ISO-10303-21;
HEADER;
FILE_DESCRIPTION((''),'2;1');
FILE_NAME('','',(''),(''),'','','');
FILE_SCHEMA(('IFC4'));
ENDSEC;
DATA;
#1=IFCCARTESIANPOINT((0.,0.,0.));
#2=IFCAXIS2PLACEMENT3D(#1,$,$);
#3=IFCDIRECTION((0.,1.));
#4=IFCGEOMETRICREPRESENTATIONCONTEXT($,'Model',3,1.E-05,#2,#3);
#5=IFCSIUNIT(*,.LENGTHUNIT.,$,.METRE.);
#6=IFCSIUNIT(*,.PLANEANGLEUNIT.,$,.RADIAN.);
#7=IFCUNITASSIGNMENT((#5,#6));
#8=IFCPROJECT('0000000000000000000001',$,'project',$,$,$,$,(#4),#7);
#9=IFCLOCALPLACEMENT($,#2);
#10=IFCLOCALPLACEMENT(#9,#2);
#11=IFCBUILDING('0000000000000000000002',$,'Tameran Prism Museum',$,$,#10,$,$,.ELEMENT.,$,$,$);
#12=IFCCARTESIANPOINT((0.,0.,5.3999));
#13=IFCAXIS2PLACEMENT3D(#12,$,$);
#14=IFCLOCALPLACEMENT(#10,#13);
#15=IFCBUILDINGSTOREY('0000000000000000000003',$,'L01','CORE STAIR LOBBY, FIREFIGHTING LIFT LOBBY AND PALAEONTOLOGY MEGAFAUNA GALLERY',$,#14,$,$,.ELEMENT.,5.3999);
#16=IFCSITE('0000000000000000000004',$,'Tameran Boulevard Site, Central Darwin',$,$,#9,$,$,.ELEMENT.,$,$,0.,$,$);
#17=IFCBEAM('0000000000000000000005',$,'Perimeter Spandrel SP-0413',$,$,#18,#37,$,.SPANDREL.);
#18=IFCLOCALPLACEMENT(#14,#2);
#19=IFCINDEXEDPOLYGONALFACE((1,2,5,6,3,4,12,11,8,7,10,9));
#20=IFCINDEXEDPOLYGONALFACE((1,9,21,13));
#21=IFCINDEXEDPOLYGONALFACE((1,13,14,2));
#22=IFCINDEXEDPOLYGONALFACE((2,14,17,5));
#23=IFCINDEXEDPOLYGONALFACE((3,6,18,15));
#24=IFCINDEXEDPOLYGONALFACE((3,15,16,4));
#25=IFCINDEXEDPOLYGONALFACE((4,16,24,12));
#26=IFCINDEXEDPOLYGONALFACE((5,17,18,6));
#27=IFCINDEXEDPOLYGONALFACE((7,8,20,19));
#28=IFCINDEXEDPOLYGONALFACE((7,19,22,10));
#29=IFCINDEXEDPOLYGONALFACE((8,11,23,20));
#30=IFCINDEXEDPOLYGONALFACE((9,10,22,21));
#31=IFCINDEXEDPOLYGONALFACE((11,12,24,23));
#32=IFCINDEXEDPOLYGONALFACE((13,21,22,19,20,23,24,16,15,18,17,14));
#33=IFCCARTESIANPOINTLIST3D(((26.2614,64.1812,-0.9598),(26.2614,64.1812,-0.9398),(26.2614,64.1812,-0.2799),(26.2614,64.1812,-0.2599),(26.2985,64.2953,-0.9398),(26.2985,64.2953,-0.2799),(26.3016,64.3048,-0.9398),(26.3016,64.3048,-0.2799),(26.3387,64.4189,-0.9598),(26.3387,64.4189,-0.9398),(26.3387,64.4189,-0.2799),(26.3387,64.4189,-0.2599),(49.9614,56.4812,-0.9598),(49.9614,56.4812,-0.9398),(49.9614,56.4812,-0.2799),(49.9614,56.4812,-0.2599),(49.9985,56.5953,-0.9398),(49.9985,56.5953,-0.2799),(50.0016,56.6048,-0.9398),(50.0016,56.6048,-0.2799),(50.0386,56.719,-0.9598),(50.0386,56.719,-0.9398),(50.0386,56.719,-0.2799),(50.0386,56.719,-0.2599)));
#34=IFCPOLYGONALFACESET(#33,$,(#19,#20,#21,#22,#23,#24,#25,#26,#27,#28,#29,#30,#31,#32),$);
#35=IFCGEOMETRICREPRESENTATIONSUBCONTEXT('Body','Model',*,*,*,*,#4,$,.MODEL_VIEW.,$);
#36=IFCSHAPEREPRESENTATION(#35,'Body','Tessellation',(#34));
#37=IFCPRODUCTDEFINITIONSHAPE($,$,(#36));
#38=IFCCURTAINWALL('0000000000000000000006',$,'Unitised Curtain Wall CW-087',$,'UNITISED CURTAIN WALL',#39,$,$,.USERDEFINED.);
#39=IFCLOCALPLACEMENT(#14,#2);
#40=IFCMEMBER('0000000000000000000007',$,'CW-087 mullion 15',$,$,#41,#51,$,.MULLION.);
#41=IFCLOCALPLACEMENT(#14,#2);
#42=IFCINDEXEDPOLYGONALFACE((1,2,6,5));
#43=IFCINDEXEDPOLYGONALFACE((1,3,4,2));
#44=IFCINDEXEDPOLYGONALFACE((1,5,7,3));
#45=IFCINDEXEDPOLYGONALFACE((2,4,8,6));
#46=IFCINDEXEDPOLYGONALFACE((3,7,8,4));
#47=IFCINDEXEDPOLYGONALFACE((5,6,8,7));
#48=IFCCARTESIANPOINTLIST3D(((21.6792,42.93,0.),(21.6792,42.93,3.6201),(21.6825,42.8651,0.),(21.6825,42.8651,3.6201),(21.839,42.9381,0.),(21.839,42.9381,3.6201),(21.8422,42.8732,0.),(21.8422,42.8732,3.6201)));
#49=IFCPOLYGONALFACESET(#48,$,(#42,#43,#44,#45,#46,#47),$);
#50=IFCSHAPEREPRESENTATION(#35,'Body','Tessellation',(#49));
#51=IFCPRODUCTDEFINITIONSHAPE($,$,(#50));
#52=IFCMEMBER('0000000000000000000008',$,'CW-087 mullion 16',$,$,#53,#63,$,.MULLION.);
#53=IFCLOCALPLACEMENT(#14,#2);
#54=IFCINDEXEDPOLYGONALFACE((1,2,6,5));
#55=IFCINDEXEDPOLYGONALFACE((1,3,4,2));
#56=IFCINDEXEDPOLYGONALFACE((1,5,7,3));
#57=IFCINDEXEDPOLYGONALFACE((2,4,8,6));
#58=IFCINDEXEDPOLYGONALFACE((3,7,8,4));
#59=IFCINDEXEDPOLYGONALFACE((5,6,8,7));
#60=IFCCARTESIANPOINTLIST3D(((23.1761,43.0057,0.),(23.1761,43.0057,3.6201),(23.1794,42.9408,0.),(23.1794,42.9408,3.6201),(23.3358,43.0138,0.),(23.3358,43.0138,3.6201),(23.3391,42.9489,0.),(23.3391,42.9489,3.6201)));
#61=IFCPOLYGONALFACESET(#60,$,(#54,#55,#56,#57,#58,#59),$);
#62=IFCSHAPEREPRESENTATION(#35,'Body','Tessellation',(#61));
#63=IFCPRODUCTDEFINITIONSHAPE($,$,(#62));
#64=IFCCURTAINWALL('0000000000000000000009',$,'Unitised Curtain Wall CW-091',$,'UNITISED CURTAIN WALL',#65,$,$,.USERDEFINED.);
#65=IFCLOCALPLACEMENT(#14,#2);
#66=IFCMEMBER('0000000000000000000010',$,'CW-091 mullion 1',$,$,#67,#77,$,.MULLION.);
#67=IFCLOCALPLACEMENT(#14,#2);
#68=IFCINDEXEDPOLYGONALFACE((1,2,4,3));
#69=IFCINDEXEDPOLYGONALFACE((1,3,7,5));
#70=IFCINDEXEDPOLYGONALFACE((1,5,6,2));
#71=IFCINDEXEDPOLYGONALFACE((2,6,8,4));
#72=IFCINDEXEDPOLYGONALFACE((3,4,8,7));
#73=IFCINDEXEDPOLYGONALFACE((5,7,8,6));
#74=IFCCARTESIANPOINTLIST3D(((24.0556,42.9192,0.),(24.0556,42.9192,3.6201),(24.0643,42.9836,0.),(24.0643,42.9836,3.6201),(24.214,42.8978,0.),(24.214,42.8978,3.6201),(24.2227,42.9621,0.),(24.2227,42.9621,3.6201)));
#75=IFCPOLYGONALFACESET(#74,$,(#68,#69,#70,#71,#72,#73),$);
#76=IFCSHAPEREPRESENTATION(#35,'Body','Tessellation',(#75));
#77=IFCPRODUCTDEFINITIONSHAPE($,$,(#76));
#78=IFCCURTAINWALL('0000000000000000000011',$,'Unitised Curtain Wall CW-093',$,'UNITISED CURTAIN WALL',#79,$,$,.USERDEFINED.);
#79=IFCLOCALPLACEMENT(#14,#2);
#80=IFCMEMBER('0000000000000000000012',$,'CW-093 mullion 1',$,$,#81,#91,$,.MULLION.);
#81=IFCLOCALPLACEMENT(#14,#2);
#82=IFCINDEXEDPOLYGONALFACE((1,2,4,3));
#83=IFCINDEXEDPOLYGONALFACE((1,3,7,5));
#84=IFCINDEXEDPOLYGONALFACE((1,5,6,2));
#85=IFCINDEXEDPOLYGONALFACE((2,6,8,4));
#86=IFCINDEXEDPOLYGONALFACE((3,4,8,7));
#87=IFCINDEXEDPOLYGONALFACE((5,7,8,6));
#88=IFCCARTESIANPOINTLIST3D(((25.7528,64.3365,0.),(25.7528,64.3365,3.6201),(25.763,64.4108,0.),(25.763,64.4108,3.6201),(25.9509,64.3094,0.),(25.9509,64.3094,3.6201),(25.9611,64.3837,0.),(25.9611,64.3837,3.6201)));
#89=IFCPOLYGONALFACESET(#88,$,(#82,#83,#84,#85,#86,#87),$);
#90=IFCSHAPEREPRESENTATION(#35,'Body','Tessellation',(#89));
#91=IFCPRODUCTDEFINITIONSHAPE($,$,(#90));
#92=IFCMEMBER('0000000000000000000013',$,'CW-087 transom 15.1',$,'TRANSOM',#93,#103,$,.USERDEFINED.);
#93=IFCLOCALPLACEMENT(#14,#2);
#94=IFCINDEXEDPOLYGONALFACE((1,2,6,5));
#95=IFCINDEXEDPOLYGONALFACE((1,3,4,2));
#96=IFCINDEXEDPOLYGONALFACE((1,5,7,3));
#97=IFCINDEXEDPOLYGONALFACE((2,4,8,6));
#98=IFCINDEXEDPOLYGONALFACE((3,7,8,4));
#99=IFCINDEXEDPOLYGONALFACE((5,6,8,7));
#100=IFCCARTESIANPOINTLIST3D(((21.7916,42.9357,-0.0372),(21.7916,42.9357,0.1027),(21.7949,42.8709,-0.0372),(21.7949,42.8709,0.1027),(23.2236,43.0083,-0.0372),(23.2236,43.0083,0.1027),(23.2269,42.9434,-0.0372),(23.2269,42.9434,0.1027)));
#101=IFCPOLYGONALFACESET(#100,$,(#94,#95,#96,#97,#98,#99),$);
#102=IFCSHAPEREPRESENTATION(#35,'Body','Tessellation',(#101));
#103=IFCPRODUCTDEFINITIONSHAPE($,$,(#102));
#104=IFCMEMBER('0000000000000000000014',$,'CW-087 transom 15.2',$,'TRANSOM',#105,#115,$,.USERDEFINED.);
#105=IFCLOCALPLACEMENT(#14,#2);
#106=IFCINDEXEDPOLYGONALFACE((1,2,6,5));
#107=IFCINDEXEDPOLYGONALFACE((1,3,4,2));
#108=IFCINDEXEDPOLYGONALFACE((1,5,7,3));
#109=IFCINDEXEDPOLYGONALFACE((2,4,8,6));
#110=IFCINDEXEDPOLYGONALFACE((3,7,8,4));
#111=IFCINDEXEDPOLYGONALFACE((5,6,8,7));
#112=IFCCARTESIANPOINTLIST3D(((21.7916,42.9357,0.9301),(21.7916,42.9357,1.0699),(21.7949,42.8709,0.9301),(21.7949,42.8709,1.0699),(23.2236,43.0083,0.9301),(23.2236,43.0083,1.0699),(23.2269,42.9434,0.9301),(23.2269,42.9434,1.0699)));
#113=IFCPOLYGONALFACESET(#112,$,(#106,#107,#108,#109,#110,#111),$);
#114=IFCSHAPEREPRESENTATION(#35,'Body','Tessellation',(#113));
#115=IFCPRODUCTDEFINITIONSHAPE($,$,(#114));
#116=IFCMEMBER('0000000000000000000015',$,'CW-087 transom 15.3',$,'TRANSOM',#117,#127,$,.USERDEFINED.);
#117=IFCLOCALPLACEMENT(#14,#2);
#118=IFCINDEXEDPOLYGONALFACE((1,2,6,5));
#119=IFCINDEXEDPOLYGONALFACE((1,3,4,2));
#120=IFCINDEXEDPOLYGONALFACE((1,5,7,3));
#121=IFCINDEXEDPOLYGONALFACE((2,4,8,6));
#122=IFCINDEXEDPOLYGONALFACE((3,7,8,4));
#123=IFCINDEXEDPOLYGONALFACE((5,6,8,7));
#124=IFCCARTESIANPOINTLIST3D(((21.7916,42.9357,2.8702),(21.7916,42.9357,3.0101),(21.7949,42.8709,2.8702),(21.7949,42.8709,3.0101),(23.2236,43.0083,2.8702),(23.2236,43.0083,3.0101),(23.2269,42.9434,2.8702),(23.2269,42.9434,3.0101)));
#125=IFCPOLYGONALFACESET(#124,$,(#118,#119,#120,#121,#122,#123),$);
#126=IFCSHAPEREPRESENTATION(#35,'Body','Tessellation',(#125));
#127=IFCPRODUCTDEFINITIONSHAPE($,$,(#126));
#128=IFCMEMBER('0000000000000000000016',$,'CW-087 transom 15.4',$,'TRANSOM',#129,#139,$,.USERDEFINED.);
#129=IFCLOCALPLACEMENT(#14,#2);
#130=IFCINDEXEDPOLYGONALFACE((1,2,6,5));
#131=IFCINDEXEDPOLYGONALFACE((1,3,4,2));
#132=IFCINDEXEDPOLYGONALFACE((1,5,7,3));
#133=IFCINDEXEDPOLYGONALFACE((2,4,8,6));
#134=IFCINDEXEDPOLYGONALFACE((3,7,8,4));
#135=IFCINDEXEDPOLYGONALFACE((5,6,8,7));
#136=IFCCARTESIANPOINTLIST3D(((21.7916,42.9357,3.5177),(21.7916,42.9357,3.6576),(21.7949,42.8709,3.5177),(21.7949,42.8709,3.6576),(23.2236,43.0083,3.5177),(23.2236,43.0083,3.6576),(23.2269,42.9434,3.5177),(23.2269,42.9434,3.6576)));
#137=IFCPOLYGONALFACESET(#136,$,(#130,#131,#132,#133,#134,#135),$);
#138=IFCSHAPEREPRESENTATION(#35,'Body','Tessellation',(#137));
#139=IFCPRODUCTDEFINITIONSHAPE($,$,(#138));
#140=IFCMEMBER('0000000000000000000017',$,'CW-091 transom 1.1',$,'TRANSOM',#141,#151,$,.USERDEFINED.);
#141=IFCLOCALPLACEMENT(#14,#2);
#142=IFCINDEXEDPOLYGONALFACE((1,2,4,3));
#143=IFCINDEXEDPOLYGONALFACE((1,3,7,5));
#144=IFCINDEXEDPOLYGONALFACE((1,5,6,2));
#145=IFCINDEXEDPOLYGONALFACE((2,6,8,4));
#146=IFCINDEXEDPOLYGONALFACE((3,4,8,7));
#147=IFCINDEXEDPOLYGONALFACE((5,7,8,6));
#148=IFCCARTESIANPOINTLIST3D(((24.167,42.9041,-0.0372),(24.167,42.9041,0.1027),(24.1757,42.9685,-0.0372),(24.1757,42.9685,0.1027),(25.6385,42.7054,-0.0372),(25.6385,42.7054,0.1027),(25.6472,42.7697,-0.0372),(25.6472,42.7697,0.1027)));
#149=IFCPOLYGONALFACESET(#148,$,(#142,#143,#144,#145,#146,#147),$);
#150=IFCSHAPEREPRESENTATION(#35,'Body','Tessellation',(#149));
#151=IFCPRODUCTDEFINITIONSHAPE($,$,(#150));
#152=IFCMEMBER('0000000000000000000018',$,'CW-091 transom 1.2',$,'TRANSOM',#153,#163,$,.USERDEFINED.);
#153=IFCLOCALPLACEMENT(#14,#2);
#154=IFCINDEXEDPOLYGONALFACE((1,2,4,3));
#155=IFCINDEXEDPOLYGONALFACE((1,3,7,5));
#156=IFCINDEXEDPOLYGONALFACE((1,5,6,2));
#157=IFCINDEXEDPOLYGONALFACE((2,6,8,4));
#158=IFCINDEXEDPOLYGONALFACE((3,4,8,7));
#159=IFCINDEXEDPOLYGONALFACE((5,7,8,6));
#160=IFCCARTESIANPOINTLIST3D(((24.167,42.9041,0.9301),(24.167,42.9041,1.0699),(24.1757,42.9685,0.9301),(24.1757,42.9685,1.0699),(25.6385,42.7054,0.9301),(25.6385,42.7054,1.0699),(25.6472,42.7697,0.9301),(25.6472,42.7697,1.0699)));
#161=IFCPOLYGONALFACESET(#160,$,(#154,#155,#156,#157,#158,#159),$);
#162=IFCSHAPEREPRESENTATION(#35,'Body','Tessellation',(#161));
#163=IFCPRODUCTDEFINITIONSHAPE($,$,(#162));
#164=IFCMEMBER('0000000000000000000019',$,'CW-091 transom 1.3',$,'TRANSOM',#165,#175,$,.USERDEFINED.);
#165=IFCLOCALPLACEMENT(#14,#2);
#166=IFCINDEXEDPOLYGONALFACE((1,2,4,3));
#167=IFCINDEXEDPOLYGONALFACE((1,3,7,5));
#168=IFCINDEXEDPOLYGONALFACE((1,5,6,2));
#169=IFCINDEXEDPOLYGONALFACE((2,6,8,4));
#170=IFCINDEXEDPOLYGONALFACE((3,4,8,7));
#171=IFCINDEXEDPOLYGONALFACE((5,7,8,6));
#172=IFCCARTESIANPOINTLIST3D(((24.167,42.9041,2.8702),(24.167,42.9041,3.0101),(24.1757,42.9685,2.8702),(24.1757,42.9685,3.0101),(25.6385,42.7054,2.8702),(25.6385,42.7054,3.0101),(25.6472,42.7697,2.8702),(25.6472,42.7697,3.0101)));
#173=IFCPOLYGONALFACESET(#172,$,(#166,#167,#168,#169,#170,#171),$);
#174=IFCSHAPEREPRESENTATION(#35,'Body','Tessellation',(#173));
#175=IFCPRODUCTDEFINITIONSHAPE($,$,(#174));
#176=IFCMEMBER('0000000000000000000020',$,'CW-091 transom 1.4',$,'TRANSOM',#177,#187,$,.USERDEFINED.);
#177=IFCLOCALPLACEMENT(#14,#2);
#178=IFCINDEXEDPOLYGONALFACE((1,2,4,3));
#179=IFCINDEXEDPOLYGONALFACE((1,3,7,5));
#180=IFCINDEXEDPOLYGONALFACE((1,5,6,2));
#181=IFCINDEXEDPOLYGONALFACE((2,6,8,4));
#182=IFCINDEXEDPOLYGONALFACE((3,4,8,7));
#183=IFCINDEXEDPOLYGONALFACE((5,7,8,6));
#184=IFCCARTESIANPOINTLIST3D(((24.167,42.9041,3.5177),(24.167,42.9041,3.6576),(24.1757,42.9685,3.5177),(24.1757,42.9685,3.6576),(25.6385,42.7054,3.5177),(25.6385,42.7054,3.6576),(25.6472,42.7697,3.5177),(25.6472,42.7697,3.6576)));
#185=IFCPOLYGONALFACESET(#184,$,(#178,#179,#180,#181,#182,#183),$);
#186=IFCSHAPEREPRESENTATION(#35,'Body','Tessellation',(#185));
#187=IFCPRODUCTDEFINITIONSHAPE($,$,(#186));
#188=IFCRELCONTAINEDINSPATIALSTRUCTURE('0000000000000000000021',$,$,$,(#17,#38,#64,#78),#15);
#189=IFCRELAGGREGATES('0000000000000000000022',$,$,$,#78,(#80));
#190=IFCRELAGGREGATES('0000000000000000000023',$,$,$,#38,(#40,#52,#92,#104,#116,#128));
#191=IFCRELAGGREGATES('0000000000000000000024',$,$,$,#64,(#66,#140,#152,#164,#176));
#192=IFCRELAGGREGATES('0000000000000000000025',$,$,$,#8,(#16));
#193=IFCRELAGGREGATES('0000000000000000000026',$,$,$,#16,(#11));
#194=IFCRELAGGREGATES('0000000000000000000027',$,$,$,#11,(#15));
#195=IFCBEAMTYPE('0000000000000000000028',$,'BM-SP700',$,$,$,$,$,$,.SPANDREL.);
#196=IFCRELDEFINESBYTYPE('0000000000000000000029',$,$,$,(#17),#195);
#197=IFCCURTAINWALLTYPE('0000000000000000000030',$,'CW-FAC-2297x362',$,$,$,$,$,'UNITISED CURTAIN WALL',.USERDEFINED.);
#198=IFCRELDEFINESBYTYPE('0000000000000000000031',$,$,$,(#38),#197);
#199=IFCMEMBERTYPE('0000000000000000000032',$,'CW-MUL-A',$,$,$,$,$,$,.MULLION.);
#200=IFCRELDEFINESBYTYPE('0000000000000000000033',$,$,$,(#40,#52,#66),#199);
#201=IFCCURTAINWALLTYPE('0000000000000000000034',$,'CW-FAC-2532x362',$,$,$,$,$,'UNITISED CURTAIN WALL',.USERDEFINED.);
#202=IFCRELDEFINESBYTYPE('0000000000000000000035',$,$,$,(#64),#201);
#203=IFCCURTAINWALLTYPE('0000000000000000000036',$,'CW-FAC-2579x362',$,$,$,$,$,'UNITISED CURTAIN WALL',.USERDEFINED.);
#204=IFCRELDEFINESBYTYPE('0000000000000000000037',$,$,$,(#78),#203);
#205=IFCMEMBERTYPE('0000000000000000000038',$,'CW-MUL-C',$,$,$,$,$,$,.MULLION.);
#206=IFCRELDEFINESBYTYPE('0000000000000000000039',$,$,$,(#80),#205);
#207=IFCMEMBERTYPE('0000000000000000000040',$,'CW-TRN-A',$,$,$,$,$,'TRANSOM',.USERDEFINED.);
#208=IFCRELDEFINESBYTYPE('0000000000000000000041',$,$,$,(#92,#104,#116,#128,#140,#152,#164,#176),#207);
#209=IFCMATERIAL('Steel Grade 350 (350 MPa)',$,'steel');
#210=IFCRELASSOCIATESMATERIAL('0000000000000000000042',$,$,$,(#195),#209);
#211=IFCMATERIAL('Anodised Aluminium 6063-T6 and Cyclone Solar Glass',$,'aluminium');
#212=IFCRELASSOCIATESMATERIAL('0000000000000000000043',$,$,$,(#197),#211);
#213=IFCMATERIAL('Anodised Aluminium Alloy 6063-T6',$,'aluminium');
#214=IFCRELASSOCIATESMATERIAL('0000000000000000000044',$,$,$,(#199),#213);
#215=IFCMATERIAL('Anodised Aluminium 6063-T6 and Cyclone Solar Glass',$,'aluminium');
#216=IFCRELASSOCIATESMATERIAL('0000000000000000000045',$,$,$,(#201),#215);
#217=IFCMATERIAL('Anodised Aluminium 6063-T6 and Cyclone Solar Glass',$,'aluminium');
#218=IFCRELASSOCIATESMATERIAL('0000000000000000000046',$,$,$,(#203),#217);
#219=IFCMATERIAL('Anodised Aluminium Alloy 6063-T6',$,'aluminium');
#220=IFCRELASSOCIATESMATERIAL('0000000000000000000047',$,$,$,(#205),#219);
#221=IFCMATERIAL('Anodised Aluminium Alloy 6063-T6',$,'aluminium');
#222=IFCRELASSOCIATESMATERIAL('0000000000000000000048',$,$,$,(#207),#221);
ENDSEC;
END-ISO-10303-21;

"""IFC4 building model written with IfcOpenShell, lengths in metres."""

from ifc_helpers import new_model, si_unit, direction, frame, origin, origin_2d, place, context, subcontext, project, spatial, rectangle, i_section, extrude, material, material_profile, profile_set, type_object, element, aggregate, save


model = new_model("IFC4")

# Units and contexts
model_context = context("Model", 3, precision=1e-05, world=origin(), true_north=direction((0.0, 1.0)))
body_context = subcontext(model_context, "Body", "Model", "MODEL_VIEW")
ifc_project = project(units=[si_unit("LENGTHUNIT", "METRE"), si_unit("PLANEANGLEUNIT", "RADIAN")], contexts=[model_context])

# Site, building, storey
site_placement = place(None, origin())
site = spatial("IfcSite", under=ifc_project, at=site_placement, Name="Tameran Boulevard Site, Central Darwin", CompositionType="ELEMENT", RefElevation=0.0)
building_placement = place(site_placement, origin())
building = spatial("IfcBuilding", under=site, at=building_placement, Name="Tameran Prism Museum", CompositionType="ELEMENT")
storey_placement = place(building_placement, frame((0.0, 0.0, 5.3999)))
storey = spatial("IfcBuildingStorey", under=building, at=storey_placement, Name="L01", Description="CORE STAIR LOBBY, FIREFIGHTING LIFT LOBBY AND PALAEONTOLOGY MEGAFAUNA GALLERY", CompositionType="ELEMENT", Elevation=5.3999)

# Beam
ifc_material_1 = material(Name="Steel Grade 350 (350 MPa)", Category="steel")
ifc_material_profile_1 = material_profile(ifc_material_1, i_section(OverallWidth=0.25, OverallDepth=0.7, WebThickness=0.01, FlangeThickness=0.02, at=origin_2d()))
ifc_profile_set_1 = profile_set([ifc_material_profile_1])
beam_type_1 = type_object("IfcBeamType", Name="BM-SP700", PredefinedType="SPANDREL", material=ifc_profile_set_1)
beam_1_placement = place(storey_placement, frame((26.3, 64.3, -0.6099), z_axis=(0.951064, -0.308994, 0.0), x_axis=(0.308994, 0.951064, 0.0)))
element("IfcBeam", 1, at=beam_1_placement, inside=storey, type_object=beam_type_1, Name="Perimeter Spandrel SP-0413", PredefinedType="SPANDREL", context=body_context, shape_type="SweptSolid", body=[
    extrude(i_section(OverallWidth=0.25, OverallDepth=0.7, WebThickness=0.01, FlangeThickness=0.02, at=origin_2d()), origin(), (0.0, 0.0, 1.0), 24.9194),
])

# Curtain wall, members
ifc_material_2 = material(Name="Anodised Aluminium 6063-T6 and Cyclone Solar Glass", Category="aluminium")
curtain_wall_type_1 = type_object("IfcCurtainWallType", Name="CW-FAC-2297x362", ElementType="UNITISED CURTAIN WALL", PredefinedType="USERDEFINED", material=ifc_material_2)
curtain_wall_1_placement = place(storey_placement, origin())
curtain_wall_1 = element("IfcCurtainWall", 2, at=curtain_wall_1_placement, inside=storey, type_object=curtain_wall_type_1, Name="Unitised Curtain Wall CW-087", ObjectType="UNITISED CURTAIN WALL", PredefinedType="USERDEFINED")
ifc_material_3 = material(Name="Anodised Aluminium Alloy 6063-T6", Category="aluminium")
ifc_material_profile_2 = material_profile(ifc_material_3, rectangle(XDim=0.0649, YDim=0.1599, at=origin_2d()))
ifc_profile_set_2 = profile_set([ifc_material_profile_2])
member_type_1 = type_object("IfcMemberType", Name="CW-MUL-A", PredefinedType="MULLION", material=ifc_profile_set_2)
member_1_placement = place(storey_placement, frame((21.7607, 42.9016, 0.0), z_axis=(0.0, 0.0, 1.0), x_axis=(-0.050546, 0.998722, 0.0)))
member_1 = element("IfcMember", 3, at=member_1_placement, type_object=member_type_1, Name="CW-087 mullion 15", PredefinedType="MULLION", context=body_context, shape_type="SweptSolid", body=[
    extrude(rectangle(XDim=0.0649, YDim=0.1599, at=origin_2d()), origin(), (0.0, 0.0, 1.0), 3.6201),
])
member_2_placement = place(storey_placement, frame((23.2576, 42.9773, 0.0), z_axis=(0.0, 0.0, 1.0), x_axis=(-0.050546, 0.998722, 0.0)))
member_2 = element("IfcMember", 4, at=member_2_placement, type_object=member_type_1, Name="CW-087 mullion 16", PredefinedType="MULLION", context=body_context, shape_type="SweptSolid", body=[
    extrude(rectangle(XDim=0.0649, YDim=0.1599, at=origin_2d()), origin(), (0.0, 0.0, 1.0), 3.6201),
])

# Curtain walls, members
ifc_material_4 = material(Name="Anodised Aluminium 6063-T6 and Cyclone Solar Glass", Category="aluminium")
curtain_wall_type_2 = type_object("IfcCurtainWallType", Name="CW-FAC-2532x362", ElementType="UNITISED CURTAIN WALL", PredefinedType="USERDEFINED", material=ifc_material_4)
curtain_wall_2_placement = place(storey_placement, origin())
curtain_wall_2 = element("IfcCurtainWall", 5, at=curtain_wall_2_placement, inside=storey, type_object=curtain_wall_type_2, Name="Unitised Curtain Wall CW-091", ObjectType="UNITISED CURTAIN WALL", PredefinedType="USERDEFINED")
member_3_placement = place(storey_placement, frame((24.1392, 42.9407, 0.0), z_axis=(0.0, 0.0, 1.0), x_axis=(0.133913, 0.990993, 0.0)))
member_3 = element("IfcMember", 6, at=member_3_placement, type_object=member_type_1, Name="CW-091 mullion 1", PredefinedType="MULLION", context=body_context, shape_type="SweptSolid", body=[
    extrude(rectangle(XDim=0.0649, YDim=0.1599, at=origin_2d()), origin(), (0.0, 0.0, 1.0), 3.6201),
])
ifc_material_5 = material(Name="Anodised Aluminium 6063-T6 and Cyclone Solar Glass", Category="aluminium")
curtain_wall_type_3 = type_object("IfcCurtainWallType", Name="CW-FAC-2579x362", ElementType="UNITISED CURTAIN WALL", PredefinedType="USERDEFINED", material=ifc_material_5)
curtain_wall_3_placement = place(storey_placement, origin())
curtain_wall_3 = element("IfcCurtainWall", 7, at=curtain_wall_3_placement, inside=storey, type_object=curtain_wall_type_3, Name="Unitised Curtain Wall CW-093", ObjectType="UNITISED CURTAIN WALL", PredefinedType="USERDEFINED")
ifc_material_6 = material(Name="Anodised Aluminium Alloy 6063-T6", Category="aluminium")
ifc_material_profile_3 = material_profile(ifc_material_6, rectangle(XDim=0.075, YDim=0.2, at=origin_2d()))
ifc_profile_set_3 = profile_set([ifc_material_profile_3])
member_type_2 = type_object("IfcMemberType", Name="CW-MUL-C", PredefinedType="MULLION", material=ifc_profile_set_3)
member_4_placement = place(storey_placement, frame((25.8569, 64.3601, 0.0), z_axis=(0.0, 0.0, 1.0), x_axis=(-0.135658, -0.990756, 0.0)))
member_4 = element("IfcMember", 8, at=member_4_placement, type_object=member_type_2, Name="CW-093 mullion 1", PredefinedType="MULLION", context=body_context, shape_type="SweptSolid", body=[
    extrude(rectangle(XDim=0.075, YDim=0.2, at=origin_2d()), origin(), (0.0, 0.0, 1.0), 3.6201),
])

# Members
ifc_material_7 = material(Name="Anodised Aluminium Alloy 6063-T6", Category="aluminium")
ifc_material_profile_4 = material_profile(ifc_material_7, rectangle(XDim=0.0649, YDim=0.1399, at=origin_2d()))
ifc_profile_set_4 = profile_set([ifc_material_profile_4])
member_type_3 = type_object("IfcMemberType", Name="CW-TRN-A", ElementType="TRANSOM", PredefinedType="USERDEFINED", material=ifc_profile_set_4)
member_5_placement = place(storey_placement, frame((21.7932, 42.9033, 0.0327), z_axis=(0.99872, 0.050575, 0.0), x_axis=(-0.050575, 0.99872, 0.0)))
member_5 = element("IfcMember", 9, at=member_5_placement, type_object=member_type_3, Name="CW-087 transom 15.1", ObjectType="TRANSOM", PredefinedType="USERDEFINED", context=body_context, shape_type="SweptSolid", body=[
    extrude(rectangle(XDim=0.0649, YDim=0.1399, at=origin_2d()), origin(), (0.0, 0.0, 1.0), 1.4338),
])
member_6_placement = place(storey_placement, frame((21.7932, 42.9033, 1.0), z_axis=(0.99872, 0.050575, 0.0), x_axis=(-0.050575, 0.99872, 0.0)))
member_6 = element("IfcMember", 10, at=member_6_placement, type_object=member_type_3, Name="CW-087 transom 15.2", ObjectType="TRANSOM", PredefinedType="USERDEFINED", context=body_context, shape_type="SweptSolid", body=[
    extrude(rectangle(XDim=0.0649, YDim=0.1399, at=origin_2d()), origin(), (0.0, 0.0, 1.0), 1.4338),
])
member_7_placement = place(storey_placement, frame((21.7932, 42.9033, 2.9402), z_axis=(0.99872, 0.050575, 0.0), x_axis=(-0.050575, 0.99872, 0.0)))
member_7 = element("IfcMember", 11, at=member_7_placement, type_object=member_type_3, Name="CW-087 transom 15.3", ObjectType="TRANSOM", PredefinedType="USERDEFINED", context=body_context, shape_type="SweptSolid", body=[
    extrude(rectangle(XDim=0.0649, YDim=0.1399, at=origin_2d()), origin(), (0.0, 0.0, 1.0), 1.4338),
])
member_8_placement = place(storey_placement, frame((21.7932, 42.9033, 3.5876), z_axis=(0.99872, 0.050575, 0.0), x_axis=(-0.050575, 0.99872, 0.0)))
member_8 = element("IfcMember", 12, at=member_8_placement, type_object=member_type_3, Name="CW-087 transom 15.4", ObjectType="TRANSOM", PredefinedType="USERDEFINED", context=body_context, shape_type="SweptSolid", body=[
    extrude(rectangle(XDim=0.0649, YDim=0.1399, at=origin_2d()), origin(), (0.0, 0.0, 1.0), 1.4338),
])
member_9_placement = place(storey_placement, frame((24.1714, 42.9363, 0.0327), z_axis=(0.991002, -0.133844, 0.0), x_axis=(0.133844, 0.991002, 0.0)))
member_9 = element("IfcMember", 13, at=member_9_placement, type_object=member_type_3, Name="CW-091 transom 1.1", ObjectType="TRANSOM", PredefinedType="USERDEFINED", context=body_context, shape_type="SweptSolid", body=[
    extrude(rectangle(XDim=0.0649, YDim=0.1399, at=origin_2d()), origin(), (0.0, 0.0, 1.0), 1.4849),
])
member_10_placement = place(storey_placement, frame((24.1714, 42.9363, 1.0), z_axis=(0.991002, -0.133844, 0.0), x_axis=(0.133844, 0.991002, 0.0)))
member_10 = element("IfcMember", 14, at=member_10_placement, type_object=member_type_3, Name="CW-091 transom 1.2", ObjectType="TRANSOM", PredefinedType="USERDEFINED", context=body_context, shape_type="SweptSolid", body=[
    extrude(rectangle(XDim=0.0649, YDim=0.1399, at=origin_2d()), origin(), (0.0, 0.0, 1.0), 1.4849),
])
member_11_placement = place(storey_placement, frame((24.1714, 42.9363, 2.9402), z_axis=(0.991002, -0.133844, 0.0), x_axis=(0.133844, 0.991002, 0.0)))
member_11 = element("IfcMember", 15, at=member_11_placement, type_object=member_type_3, Name="CW-091 transom 1.3", ObjectType="TRANSOM", PredefinedType="USERDEFINED", context=body_context, shape_type="SweptSolid", body=[
    extrude(rectangle(XDim=0.0649, YDim=0.1399, at=origin_2d()), origin(), (0.0, 0.0, 1.0), 1.4849),
])
member_12_placement = place(storey_placement, frame((24.1714, 42.9363, 3.5876), z_axis=(0.991002, -0.133844, 0.0), x_axis=(0.133844, 0.991002, 0.0)))
member_12 = element("IfcMember", 16, at=member_12_placement, type_object=member_type_3, Name="CW-091 transom 1.4", ObjectType="TRANSOM", PredefinedType="USERDEFINED", context=body_context, shape_type="SweptSolid", body=[
    extrude(rectangle(XDim=0.0649, YDim=0.1399, at=origin_2d()), origin(), (0.0, 0.0, 1.0), 1.4849),
])
aggregate(curtain_wall_3, [member_4])

aggregate(curtain_wall_1, [member_1, member_2, member_5, member_6, member_7, member_8])
aggregate(curtain_wall_2, [member_3, member_9, member_10, member_11, member_12])

save(model, "model.ifc")
